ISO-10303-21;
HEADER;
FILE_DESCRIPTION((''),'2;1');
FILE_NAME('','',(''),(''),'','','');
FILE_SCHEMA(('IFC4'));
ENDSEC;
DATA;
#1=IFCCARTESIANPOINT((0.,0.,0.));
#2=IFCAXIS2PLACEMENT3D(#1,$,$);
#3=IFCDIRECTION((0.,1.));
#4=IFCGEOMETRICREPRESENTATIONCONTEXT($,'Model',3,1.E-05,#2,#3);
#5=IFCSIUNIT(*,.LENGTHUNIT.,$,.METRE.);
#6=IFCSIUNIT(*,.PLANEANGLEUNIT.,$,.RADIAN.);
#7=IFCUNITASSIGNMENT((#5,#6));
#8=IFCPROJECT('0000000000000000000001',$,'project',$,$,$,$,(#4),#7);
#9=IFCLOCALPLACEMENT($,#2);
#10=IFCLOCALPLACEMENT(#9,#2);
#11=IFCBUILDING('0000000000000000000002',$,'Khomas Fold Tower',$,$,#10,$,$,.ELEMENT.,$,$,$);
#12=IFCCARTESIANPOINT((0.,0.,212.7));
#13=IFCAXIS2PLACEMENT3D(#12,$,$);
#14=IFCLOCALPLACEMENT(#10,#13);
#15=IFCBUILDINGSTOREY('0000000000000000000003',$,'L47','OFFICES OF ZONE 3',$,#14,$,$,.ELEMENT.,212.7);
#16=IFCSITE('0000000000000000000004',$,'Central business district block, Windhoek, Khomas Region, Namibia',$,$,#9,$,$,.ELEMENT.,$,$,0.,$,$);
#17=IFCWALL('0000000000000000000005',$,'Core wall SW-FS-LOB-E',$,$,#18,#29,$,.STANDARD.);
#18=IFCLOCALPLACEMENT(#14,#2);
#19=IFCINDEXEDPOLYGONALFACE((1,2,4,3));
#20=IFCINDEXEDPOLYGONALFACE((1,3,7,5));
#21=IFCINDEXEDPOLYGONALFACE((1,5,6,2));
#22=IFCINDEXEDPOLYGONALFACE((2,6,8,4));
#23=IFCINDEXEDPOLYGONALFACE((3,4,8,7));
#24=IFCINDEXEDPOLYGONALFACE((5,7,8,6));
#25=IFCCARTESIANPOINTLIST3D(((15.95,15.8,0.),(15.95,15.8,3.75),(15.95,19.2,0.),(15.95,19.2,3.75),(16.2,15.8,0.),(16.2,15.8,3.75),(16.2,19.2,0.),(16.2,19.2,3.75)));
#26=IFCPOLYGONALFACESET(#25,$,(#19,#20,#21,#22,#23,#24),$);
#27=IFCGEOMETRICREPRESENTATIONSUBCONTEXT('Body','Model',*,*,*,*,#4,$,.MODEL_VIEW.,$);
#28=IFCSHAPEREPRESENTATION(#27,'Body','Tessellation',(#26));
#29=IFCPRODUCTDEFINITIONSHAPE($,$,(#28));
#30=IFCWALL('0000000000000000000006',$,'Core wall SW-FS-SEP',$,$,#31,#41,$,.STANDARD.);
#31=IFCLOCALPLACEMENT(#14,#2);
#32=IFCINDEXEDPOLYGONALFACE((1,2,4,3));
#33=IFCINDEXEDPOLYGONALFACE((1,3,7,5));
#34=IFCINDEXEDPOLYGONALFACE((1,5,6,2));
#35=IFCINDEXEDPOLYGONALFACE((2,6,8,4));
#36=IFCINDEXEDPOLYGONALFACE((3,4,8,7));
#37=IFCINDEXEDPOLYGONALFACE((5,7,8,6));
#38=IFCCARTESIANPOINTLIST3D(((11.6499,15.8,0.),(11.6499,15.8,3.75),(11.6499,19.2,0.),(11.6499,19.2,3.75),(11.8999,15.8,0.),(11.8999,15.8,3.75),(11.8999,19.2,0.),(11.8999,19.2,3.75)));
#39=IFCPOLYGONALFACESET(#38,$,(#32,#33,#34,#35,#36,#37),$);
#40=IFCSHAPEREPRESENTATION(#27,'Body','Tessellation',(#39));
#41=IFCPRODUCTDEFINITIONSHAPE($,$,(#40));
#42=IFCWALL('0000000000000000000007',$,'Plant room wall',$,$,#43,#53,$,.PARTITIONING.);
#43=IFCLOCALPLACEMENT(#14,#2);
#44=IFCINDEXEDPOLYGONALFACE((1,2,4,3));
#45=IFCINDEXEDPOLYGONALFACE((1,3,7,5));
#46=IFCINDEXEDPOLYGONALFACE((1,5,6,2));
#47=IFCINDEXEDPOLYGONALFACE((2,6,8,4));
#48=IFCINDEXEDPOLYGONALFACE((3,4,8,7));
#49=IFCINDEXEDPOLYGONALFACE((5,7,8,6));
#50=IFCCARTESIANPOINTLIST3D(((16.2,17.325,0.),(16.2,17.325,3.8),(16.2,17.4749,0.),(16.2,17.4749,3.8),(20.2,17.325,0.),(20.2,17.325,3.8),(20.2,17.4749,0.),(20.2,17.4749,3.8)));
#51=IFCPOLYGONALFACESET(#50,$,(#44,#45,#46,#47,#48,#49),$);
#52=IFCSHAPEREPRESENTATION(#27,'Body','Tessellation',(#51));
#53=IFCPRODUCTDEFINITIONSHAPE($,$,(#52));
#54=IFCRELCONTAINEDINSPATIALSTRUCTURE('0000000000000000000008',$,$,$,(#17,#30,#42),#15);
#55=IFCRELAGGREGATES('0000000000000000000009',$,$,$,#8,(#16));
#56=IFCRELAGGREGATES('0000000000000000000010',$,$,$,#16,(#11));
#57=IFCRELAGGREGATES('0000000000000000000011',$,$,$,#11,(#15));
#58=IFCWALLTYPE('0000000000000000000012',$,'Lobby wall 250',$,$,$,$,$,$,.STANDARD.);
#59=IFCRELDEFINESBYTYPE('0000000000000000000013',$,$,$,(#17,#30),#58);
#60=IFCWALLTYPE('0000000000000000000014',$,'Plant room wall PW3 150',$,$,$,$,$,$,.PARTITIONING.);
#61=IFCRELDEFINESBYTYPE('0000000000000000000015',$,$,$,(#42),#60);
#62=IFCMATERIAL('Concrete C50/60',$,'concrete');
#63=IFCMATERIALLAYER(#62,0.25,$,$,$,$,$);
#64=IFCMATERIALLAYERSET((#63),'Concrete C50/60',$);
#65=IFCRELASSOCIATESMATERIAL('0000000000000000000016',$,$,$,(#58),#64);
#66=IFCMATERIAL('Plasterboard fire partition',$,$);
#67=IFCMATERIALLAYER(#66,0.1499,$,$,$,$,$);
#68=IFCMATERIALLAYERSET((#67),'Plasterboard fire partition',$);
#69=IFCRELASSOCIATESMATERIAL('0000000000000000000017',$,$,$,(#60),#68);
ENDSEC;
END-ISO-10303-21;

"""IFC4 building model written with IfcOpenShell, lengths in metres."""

from ifc_helpers import new_model, si_unit, direction, frame, frame_2d, origin, place, context, subcontext, project, spatial, rectangle, extrude, source, transform, mapped, material, layer, layer_set, type_object, element, save


model = new_model("IFC4")

# Units and contexts
model_context = context("Model", 3, precision=1e-05, world=origin(), true_north=direction((0.0, 1.0)))
body_context = subcontext(model_context, "Body", "Model", "MODEL_VIEW")
ifc_project = project(units=[si_unit("LENGTHUNIT", "METRE"), si_unit("PLANEANGLEUNIT", "RADIAN")], contexts=[model_context])

# Site, building, storey
site_placement = place(None, origin())
site = spatial("IfcSite", under=ifc_project, at=site_placement, Name="Central business district block, Windhoek, Khomas Region, Namibia", CompositionType="ELEMENT", RefElevation=0.0)
building_placement = place(site_placement, origin())
building = spatial("IfcBuilding", under=site, at=building_placement, Name="Khomas Fold Tower", CompositionType="ELEMENT")
storey_placement = place(building_placement, frame((0.0, 0.0, 212.7)))
storey = spatial("IfcBuildingStorey", under=building, at=storey_placement, Name="L47", Description="OFFICES OF ZONE 3", CompositionType="ELEMENT", Elevation=212.7)

# Walls
ifc_material_1 = material(Name="Concrete C50/60", Category="concrete")
ifc_layer_1 = layer(ifc_material_1, 0.25)
ifc_layer_set_1 = layer_set([ifc_layer_1], Name="Concrete C50/60")
wall_type_1 = type_object("IfcWallType", Name="Lobby wall 250", PredefinedType="STANDARD", material=ifc_layer_set_1)
shared_shape_1 = source(origin(), body_context, "Body", "SweptSolid", [
    extrude(rectangle(XDim=3.3999, YDim=0.25, at=frame_2d((1.7, 0.0))), origin(), (0.0, 0.0, 1.0), 3.75),
])
for number, where, z_axis, x_axis, name in (
    (1, (16.075, 15.8, 0.0), (0.0, 0.0, 1.0), (0.0, 1.0, 0.0), "Core wall SW-FS-LOB-E"),
    (2, (11.7749, 15.8, 0.0), (0.0, 0.0, 1.0), (0.0, 1.0, 0.0), "Core wall SW-FS-SEP"),
):
    element("IfcWall", number, at=place(storey_placement, frame(where, z_axis=z_axis, x_axis=x_axis)), inside=storey, type_object=wall_type_1, Name=name, PredefinedType="STANDARD", context=body_context, shape_type="MappedRepresentation", body=[
        mapped(shared_shape_1, transform((0.0, 0.0, 0.0))),
    ])
ifc_material_2 = material(Name="Plasterboard fire partition")
ifc_layer_2 = layer(ifc_material_2, 0.1499)
ifc_layer_set_2 = layer_set([ifc_layer_2], Name="Plasterboard fire partition")
wall_type_2 = type_object("IfcWallType", Name="Plant room wall PW3 150", PredefinedType="PARTITIONING", material=ifc_layer_set_2)
shared_shape_2 = source(origin(), body_context, "Body", "SweptSolid", [
    extrude(rectangle(XDim=4.0, YDim=0.1499, at=frame_2d((2.0, 0.0))), origin(), (0.0, 0.0, 1.0), 3.8),
])
wall_1_placement = place(storey_placement, frame((16.2, 17.3999, 0.0), z_axis=(0.0, 0.0, 1.0), x_axis=(1.0, 0.0, 0.0)))
element("IfcWall", 3, at=wall_1_placement, inside=storey, type_object=wall_type_2, Name="Plant room wall", PredefinedType="PARTITIONING", context=body_context, shape_type="MappedRepresentation", body=[
    mapped(shared_shape_2, transform((0.0, 0.0, 0.0))),
])

save(model, "model.ifc")
